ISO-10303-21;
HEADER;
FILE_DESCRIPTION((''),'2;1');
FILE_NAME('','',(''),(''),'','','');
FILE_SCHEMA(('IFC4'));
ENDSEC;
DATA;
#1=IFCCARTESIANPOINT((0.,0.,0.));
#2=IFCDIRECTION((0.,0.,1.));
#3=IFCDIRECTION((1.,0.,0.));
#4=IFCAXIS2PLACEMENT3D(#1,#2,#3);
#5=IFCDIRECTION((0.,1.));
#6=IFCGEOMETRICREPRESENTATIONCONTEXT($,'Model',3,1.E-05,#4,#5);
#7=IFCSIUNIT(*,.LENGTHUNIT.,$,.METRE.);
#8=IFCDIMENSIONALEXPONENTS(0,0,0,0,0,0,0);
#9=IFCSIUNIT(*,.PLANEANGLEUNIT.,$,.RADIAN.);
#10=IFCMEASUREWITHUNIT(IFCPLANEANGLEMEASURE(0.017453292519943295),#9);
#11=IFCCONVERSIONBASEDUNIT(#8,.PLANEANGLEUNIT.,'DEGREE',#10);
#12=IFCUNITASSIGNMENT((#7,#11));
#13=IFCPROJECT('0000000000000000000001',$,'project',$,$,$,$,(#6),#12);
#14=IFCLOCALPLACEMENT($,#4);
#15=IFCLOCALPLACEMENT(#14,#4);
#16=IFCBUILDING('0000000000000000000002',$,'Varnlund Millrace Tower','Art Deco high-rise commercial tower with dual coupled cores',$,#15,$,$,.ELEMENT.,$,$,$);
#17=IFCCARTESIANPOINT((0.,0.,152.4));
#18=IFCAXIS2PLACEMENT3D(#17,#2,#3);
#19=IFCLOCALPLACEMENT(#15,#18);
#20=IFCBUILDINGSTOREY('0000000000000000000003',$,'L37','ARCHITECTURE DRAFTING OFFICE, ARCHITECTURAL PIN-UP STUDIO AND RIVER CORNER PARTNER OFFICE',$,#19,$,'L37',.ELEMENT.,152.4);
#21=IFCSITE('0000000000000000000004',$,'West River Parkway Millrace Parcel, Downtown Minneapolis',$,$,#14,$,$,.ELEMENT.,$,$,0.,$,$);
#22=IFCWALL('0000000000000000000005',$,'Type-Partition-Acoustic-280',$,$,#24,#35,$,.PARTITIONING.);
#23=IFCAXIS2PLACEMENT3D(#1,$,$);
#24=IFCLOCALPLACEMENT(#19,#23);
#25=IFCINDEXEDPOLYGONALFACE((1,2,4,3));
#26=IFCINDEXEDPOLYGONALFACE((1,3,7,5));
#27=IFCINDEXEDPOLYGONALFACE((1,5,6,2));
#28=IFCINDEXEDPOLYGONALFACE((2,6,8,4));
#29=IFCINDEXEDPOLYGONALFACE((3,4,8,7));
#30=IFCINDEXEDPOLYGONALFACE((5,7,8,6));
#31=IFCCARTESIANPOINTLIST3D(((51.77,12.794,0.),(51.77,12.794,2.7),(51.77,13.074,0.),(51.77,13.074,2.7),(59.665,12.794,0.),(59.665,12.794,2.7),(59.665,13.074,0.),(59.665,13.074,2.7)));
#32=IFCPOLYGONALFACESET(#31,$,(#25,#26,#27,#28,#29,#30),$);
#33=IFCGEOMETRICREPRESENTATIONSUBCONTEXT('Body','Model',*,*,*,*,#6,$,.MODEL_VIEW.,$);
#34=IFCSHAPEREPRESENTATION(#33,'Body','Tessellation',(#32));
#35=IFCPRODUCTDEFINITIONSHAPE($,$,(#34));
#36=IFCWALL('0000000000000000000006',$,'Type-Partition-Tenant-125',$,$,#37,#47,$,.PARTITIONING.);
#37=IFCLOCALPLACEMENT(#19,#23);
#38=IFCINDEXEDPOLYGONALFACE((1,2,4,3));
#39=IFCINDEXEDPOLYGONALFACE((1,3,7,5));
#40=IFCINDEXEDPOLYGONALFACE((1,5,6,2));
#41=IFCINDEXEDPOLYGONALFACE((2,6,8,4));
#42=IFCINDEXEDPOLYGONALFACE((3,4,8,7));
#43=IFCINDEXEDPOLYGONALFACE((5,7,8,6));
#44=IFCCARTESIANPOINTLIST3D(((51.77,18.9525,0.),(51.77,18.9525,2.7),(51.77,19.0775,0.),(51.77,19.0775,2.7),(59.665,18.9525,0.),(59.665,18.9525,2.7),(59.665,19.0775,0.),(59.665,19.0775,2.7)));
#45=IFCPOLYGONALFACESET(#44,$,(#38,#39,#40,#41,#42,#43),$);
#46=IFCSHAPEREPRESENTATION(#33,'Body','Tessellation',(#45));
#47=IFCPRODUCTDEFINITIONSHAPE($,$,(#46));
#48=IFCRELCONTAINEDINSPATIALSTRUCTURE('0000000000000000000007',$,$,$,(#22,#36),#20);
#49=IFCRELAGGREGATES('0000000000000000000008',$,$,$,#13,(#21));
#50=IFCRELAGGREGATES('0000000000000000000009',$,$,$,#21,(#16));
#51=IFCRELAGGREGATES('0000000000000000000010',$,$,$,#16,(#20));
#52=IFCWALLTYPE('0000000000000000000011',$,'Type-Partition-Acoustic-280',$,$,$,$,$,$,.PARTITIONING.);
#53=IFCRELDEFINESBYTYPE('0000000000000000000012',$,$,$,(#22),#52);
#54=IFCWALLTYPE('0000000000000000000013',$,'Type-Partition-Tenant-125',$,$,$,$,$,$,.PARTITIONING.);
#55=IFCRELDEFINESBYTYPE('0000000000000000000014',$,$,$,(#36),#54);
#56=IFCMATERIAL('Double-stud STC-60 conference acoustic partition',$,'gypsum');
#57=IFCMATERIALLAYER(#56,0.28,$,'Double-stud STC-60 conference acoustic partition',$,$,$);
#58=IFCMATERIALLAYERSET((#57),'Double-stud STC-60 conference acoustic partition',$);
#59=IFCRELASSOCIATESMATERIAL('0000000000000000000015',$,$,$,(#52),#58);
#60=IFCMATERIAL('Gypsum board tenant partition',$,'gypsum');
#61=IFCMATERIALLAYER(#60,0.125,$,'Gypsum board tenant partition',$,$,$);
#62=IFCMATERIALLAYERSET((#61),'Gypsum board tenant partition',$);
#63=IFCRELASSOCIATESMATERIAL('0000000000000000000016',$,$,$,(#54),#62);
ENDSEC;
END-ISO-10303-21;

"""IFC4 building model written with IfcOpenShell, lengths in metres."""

from ifc_helpers import new_model, entity, si_unit, converted_unit, direction, frame, origin_with_axes, place, context, subcontext, project, spatial, polyline, outline, extrude, material, layer, layer_set, type_object, element, save


model = new_model("IFC4")

# Units and contexts
model_context = context("Model", 3, precision=1e-05, world=origin_with_axes(), true_north=direction((0.0, 1.0)))
body_context = subcontext(model_context, "Body", "Model", "MODEL_VIEW")
ifc_project = project(units=[si_unit("LENGTHUNIT", "METRE"), converted_unit("PLANEANGLEUNIT", "DEGREE", entity("IfcPlaneAngleMeasure", 0.017453292519943295), si_unit("PLANEANGLEUNIT", "RADIAN"), dimensions=[0, 0, 0, 0, 0, 0, 0])], contexts=[model_context])

# Site, building, storey
site_placement = place(None, origin_with_axes())
site = spatial("IfcSite", under=ifc_project, at=site_placement, Name="West River Parkway Millrace Parcel, Downtown Minneapolis", CompositionType="ELEMENT", RefElevation=0.0)
building_placement = place(site_placement, origin_with_axes())
building = spatial("IfcBuilding", under=site, at=building_placement, Name="Varnlund Millrace Tower", Description="Art Deco high-rise commercial tower with dual coupled cores", CompositionType="ELEMENT")
storey_placement = place(building_placement, frame((0.0, 0.0, 152.4), z_axis=(0.0, 0.0, 1.0), x_axis=(1.0, 0.0, 0.0)))
storey = spatial("IfcBuildingStorey", under=building, at=storey_placement, Name="L37", Description="ARCHITECTURE DRAFTING OFFICE, ARCHITECTURAL PIN-UP STUDIO AND RIVER CORNER PARTNER OFFICE", LongName="L37", CompositionType="ELEMENT", Elevation=152.4)

# Walls
ifc_material_1 = material(Name="Double-stud STC-60 conference acoustic partition", Category="gypsum")
ifc_layer_1 = layer(ifc_material_1, 0.28, Name="Double-stud STC-60 conference acoustic partition")
ifc_layer_set_1 = layer_set([ifc_layer_1], Name="Double-stud STC-60 conference acoustic partition")
wall_type_1 = type_object("IfcWallType", Name="Type-Partition-Acoustic-280", PredefinedType="PARTITIONING", material=ifc_layer_set_1)
wall_1_placement = place(storey_placement, frame((51.77, 12.934, 0.0), z_axis=(0.0, 0.0, 1.0), x_axis=(1.0, 0.0, 0.0)))
element("IfcWall", 1, at=wall_1_placement, inside=storey, type_object=wall_type_1, Name="Type-Partition-Acoustic-280", PredefinedType="PARTITIONING", context=body_context, shape_type="SweptSolid", body=[
    extrude(outline(polyline([(0.0, -0.14), (7.895, -0.14), (7.895, 0.14), (0.0, 0.14), (0.0, -0.14)])), origin_with_axes(), (0.0, 0.0, 1.0), 2.7),
])
ifc_material_2 = material(Name="Gypsum board tenant partition", Category="gypsum")
ifc_layer_2 = layer(ifc_material_2, 0.125, Name="Gypsum board tenant partition")
ifc_layer_set_2 = layer_set([ifc_layer_2], Name="Gypsum board tenant partition")
wall_type_2 = type_object("IfcWallType", Name="Type-Partition-Tenant-125", PredefinedType="PARTITIONING", material=ifc_layer_set_2)
wall_2_placement = place(storey_placement, frame((51.77, 19.015, 0.0), z_axis=(0.0, 0.0, 1.0), x_axis=(1.0, 0.0, 0.0)))
element("IfcWall", 2, at=wall_2_placement, inside=storey, type_object=wall_type_2, Name="Type-Partition-Tenant-125", PredefinedType="PARTITIONING", context=body_context, shape_type="SweptSolid", body=[
    extrude(outline(polyline([(0.0, -0.0625), (7.895, -0.0625), (7.895, 0.0625), (0.0, 0.0625), (0.0, -0.0625)])), origin_with_axes(), (0.0, 0.0, 1.0), 2.7),
])

save(model, "model.ifc")
